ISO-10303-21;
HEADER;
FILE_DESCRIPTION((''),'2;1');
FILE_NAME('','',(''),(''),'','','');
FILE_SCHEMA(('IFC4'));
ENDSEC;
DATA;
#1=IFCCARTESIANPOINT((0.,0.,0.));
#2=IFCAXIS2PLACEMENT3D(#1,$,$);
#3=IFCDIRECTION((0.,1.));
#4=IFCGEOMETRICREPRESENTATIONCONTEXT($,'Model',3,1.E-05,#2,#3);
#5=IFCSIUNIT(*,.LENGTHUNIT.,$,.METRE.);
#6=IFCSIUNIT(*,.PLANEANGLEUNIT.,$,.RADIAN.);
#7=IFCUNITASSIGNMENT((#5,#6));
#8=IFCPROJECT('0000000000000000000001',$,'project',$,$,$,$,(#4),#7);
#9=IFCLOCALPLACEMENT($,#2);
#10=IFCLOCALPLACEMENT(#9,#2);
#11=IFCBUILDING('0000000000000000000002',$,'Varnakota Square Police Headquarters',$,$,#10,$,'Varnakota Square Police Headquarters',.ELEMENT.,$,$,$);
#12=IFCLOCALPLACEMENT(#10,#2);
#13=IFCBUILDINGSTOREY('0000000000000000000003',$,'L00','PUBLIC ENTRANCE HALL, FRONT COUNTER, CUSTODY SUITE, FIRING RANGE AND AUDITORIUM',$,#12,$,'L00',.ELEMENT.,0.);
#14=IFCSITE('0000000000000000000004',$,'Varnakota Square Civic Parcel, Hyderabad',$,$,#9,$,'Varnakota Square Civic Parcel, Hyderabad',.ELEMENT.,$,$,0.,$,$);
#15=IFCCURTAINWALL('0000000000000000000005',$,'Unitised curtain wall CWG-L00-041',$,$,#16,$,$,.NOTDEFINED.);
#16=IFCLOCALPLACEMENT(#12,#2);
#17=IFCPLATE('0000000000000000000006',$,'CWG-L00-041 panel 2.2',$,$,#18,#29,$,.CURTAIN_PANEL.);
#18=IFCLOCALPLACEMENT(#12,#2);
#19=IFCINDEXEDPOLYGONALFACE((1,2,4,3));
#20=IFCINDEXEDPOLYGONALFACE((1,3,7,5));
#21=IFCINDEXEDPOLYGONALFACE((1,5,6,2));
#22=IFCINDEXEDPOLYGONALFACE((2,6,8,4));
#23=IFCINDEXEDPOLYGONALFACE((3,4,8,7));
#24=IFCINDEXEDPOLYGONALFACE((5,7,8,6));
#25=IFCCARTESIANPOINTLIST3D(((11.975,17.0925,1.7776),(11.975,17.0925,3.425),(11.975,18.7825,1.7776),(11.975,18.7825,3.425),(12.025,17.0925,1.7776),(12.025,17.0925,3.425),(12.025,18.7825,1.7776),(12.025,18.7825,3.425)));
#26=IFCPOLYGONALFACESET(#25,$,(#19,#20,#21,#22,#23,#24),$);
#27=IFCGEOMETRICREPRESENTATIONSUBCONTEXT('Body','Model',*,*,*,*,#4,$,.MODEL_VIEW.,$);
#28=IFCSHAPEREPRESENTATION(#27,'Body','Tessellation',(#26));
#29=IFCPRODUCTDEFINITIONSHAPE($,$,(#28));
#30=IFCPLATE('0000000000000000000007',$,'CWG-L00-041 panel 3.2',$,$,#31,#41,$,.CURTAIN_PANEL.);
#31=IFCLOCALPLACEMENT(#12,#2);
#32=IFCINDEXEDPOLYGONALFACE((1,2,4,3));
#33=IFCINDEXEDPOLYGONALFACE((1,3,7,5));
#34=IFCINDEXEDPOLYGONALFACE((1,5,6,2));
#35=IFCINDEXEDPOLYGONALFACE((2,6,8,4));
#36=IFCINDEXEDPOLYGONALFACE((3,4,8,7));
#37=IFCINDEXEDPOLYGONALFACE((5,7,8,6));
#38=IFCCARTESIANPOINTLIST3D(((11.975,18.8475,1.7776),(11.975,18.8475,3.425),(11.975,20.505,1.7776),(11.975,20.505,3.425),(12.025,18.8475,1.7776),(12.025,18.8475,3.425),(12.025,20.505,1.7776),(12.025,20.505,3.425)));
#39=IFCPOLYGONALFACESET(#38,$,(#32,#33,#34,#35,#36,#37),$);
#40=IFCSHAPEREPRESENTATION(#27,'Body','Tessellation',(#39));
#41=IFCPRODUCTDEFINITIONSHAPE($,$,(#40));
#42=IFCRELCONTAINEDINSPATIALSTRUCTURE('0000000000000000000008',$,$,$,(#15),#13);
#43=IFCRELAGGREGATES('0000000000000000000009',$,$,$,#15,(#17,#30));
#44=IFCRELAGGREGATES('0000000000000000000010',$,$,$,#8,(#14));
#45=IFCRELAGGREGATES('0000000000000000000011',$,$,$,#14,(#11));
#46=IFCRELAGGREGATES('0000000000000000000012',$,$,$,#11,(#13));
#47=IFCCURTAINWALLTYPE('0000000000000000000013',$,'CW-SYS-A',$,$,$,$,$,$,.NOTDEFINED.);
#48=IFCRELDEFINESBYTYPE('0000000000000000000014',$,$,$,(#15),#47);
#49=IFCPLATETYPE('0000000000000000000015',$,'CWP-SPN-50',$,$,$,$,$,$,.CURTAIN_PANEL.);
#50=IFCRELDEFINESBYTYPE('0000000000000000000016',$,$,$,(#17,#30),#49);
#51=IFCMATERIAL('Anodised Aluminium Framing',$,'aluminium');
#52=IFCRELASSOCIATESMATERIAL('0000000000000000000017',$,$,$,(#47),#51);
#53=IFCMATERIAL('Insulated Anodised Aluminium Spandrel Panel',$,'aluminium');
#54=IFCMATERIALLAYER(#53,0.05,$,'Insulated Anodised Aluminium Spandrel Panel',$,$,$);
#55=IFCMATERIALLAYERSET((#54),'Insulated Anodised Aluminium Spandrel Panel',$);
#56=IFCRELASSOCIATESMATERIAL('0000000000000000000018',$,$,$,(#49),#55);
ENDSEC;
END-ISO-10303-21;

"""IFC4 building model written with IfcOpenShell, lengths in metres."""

from ifc_helpers import new_model, si_unit, direction, frame, origin, origin_2d, place, context, subcontext, project, spatial, rectangle, extrude, material, layer, layer_set, type_object, element, aggregate, save


model = new_model("IFC4")

# Units and contexts
model_context = context("Model", 3, precision=1e-05, world=origin(), true_north=direction((0.0, 1.0)))
body_context = subcontext(model_context, "Body", "Model", "MODEL_VIEW")
ifc_project = project(units=[si_unit("LENGTHUNIT", "METRE"), si_unit("PLANEANGLEUNIT", "RADIAN")], contexts=[model_context])

# Site, building, storey
site_placement = place(None, origin())
site = spatial("IfcSite", under=ifc_project, at=site_placement, Name="Varnakota Square Civic Parcel, Hyderabad", LongName="Varnakota Square Civic Parcel, Hyderabad", CompositionType="ELEMENT", RefElevation=0.0)
building_placement = place(site_placement, origin())
building = spatial("IfcBuilding", under=site, at=building_placement, Name="Varnakota Square Police Headquarters", LongName="Varnakota Square Police Headquarters", CompositionType="ELEMENT")
storey_placement = place(building_placement, origin())
storey = spatial("IfcBuildingStorey", under=building, at=storey_placement, Name="L00", Description="PUBLIC ENTRANCE HALL, FRONT COUNTER, CUSTODY SUITE, FIRING RANGE AND AUDITORIUM", LongName="L00", CompositionType="ELEMENT", Elevation=0.0)

# Curtain wall, plates
ifc_material_1 = material(Name="Anodised Aluminium Framing", Category="aluminium")
curtain_wall_type = type_object("IfcCurtainWallType", Name="CW-SYS-A", PredefinedType="NOTDEFINED", material=ifc_material_1)
curtain_wall_placement = place(storey_placement, origin())
curtain_wall = element("IfcCurtainWall", 1, at=curtain_wall_placement, inside=storey, type_object=curtain_wall_type, Name="Unitised curtain wall CWG-L00-041", PredefinedType="NOTDEFINED")
ifc_material_2 = material(Name="Insulated Anodised Aluminium Spandrel Panel", Category="aluminium")
ifc_layer_1 = layer(ifc_material_2, 0.05, Name="Insulated Anodised Aluminium Spandrel Panel")
ifc_layer_set_1 = layer_set([ifc_layer_1], Name="Insulated Anodised Aluminium Spandrel Panel")
plate_type_1 = type_object("IfcPlateType", Name="CWP-SPN-50", PredefinedType="CURTAIN_PANEL", material=ifc_layer_set_1)
plate_1_placement = place(storey_placement, frame((12.0, 17.9375, 1.7776), z_axis=(0.0, 0.0, 1.0), x_axis=(0.0, 1.0, 0.0)))
plate_1 = element("IfcPlate", 2, at=plate_1_placement, type_object=plate_type_1, Name="CWG-L00-041 panel 2.2", PredefinedType="CURTAIN_PANEL", context=body_context, shape_type="SweptSolid", body=[
    extrude(rectangle(XDim=1.6899, YDim=0.05, at=origin_2d()), origin(), (0.0, 0.0, 1.0), 1.6475),
])
plate_2_placement = place(storey_placement, frame((12.0, 19.6763, 1.7776), z_axis=(0.0, 0.0, 1.0), x_axis=(0.0, 1.0, 0.0)))
plate_2 = element("IfcPlate", 3, at=plate_2_placement, type_object=plate_type_1, Name="CWG-L00-041 panel 3.2", PredefinedType="CURTAIN_PANEL", context=body_context, shape_type="SweptSolid", body=[
    extrude(rectangle(XDim=1.6575, YDim=0.05, at=origin_2d()), origin(), (0.0, 0.0, 1.0), 1.6475),
])
aggregate(curtain_wall, [plate_1, plate_2])

save(model, "model.ifc")
